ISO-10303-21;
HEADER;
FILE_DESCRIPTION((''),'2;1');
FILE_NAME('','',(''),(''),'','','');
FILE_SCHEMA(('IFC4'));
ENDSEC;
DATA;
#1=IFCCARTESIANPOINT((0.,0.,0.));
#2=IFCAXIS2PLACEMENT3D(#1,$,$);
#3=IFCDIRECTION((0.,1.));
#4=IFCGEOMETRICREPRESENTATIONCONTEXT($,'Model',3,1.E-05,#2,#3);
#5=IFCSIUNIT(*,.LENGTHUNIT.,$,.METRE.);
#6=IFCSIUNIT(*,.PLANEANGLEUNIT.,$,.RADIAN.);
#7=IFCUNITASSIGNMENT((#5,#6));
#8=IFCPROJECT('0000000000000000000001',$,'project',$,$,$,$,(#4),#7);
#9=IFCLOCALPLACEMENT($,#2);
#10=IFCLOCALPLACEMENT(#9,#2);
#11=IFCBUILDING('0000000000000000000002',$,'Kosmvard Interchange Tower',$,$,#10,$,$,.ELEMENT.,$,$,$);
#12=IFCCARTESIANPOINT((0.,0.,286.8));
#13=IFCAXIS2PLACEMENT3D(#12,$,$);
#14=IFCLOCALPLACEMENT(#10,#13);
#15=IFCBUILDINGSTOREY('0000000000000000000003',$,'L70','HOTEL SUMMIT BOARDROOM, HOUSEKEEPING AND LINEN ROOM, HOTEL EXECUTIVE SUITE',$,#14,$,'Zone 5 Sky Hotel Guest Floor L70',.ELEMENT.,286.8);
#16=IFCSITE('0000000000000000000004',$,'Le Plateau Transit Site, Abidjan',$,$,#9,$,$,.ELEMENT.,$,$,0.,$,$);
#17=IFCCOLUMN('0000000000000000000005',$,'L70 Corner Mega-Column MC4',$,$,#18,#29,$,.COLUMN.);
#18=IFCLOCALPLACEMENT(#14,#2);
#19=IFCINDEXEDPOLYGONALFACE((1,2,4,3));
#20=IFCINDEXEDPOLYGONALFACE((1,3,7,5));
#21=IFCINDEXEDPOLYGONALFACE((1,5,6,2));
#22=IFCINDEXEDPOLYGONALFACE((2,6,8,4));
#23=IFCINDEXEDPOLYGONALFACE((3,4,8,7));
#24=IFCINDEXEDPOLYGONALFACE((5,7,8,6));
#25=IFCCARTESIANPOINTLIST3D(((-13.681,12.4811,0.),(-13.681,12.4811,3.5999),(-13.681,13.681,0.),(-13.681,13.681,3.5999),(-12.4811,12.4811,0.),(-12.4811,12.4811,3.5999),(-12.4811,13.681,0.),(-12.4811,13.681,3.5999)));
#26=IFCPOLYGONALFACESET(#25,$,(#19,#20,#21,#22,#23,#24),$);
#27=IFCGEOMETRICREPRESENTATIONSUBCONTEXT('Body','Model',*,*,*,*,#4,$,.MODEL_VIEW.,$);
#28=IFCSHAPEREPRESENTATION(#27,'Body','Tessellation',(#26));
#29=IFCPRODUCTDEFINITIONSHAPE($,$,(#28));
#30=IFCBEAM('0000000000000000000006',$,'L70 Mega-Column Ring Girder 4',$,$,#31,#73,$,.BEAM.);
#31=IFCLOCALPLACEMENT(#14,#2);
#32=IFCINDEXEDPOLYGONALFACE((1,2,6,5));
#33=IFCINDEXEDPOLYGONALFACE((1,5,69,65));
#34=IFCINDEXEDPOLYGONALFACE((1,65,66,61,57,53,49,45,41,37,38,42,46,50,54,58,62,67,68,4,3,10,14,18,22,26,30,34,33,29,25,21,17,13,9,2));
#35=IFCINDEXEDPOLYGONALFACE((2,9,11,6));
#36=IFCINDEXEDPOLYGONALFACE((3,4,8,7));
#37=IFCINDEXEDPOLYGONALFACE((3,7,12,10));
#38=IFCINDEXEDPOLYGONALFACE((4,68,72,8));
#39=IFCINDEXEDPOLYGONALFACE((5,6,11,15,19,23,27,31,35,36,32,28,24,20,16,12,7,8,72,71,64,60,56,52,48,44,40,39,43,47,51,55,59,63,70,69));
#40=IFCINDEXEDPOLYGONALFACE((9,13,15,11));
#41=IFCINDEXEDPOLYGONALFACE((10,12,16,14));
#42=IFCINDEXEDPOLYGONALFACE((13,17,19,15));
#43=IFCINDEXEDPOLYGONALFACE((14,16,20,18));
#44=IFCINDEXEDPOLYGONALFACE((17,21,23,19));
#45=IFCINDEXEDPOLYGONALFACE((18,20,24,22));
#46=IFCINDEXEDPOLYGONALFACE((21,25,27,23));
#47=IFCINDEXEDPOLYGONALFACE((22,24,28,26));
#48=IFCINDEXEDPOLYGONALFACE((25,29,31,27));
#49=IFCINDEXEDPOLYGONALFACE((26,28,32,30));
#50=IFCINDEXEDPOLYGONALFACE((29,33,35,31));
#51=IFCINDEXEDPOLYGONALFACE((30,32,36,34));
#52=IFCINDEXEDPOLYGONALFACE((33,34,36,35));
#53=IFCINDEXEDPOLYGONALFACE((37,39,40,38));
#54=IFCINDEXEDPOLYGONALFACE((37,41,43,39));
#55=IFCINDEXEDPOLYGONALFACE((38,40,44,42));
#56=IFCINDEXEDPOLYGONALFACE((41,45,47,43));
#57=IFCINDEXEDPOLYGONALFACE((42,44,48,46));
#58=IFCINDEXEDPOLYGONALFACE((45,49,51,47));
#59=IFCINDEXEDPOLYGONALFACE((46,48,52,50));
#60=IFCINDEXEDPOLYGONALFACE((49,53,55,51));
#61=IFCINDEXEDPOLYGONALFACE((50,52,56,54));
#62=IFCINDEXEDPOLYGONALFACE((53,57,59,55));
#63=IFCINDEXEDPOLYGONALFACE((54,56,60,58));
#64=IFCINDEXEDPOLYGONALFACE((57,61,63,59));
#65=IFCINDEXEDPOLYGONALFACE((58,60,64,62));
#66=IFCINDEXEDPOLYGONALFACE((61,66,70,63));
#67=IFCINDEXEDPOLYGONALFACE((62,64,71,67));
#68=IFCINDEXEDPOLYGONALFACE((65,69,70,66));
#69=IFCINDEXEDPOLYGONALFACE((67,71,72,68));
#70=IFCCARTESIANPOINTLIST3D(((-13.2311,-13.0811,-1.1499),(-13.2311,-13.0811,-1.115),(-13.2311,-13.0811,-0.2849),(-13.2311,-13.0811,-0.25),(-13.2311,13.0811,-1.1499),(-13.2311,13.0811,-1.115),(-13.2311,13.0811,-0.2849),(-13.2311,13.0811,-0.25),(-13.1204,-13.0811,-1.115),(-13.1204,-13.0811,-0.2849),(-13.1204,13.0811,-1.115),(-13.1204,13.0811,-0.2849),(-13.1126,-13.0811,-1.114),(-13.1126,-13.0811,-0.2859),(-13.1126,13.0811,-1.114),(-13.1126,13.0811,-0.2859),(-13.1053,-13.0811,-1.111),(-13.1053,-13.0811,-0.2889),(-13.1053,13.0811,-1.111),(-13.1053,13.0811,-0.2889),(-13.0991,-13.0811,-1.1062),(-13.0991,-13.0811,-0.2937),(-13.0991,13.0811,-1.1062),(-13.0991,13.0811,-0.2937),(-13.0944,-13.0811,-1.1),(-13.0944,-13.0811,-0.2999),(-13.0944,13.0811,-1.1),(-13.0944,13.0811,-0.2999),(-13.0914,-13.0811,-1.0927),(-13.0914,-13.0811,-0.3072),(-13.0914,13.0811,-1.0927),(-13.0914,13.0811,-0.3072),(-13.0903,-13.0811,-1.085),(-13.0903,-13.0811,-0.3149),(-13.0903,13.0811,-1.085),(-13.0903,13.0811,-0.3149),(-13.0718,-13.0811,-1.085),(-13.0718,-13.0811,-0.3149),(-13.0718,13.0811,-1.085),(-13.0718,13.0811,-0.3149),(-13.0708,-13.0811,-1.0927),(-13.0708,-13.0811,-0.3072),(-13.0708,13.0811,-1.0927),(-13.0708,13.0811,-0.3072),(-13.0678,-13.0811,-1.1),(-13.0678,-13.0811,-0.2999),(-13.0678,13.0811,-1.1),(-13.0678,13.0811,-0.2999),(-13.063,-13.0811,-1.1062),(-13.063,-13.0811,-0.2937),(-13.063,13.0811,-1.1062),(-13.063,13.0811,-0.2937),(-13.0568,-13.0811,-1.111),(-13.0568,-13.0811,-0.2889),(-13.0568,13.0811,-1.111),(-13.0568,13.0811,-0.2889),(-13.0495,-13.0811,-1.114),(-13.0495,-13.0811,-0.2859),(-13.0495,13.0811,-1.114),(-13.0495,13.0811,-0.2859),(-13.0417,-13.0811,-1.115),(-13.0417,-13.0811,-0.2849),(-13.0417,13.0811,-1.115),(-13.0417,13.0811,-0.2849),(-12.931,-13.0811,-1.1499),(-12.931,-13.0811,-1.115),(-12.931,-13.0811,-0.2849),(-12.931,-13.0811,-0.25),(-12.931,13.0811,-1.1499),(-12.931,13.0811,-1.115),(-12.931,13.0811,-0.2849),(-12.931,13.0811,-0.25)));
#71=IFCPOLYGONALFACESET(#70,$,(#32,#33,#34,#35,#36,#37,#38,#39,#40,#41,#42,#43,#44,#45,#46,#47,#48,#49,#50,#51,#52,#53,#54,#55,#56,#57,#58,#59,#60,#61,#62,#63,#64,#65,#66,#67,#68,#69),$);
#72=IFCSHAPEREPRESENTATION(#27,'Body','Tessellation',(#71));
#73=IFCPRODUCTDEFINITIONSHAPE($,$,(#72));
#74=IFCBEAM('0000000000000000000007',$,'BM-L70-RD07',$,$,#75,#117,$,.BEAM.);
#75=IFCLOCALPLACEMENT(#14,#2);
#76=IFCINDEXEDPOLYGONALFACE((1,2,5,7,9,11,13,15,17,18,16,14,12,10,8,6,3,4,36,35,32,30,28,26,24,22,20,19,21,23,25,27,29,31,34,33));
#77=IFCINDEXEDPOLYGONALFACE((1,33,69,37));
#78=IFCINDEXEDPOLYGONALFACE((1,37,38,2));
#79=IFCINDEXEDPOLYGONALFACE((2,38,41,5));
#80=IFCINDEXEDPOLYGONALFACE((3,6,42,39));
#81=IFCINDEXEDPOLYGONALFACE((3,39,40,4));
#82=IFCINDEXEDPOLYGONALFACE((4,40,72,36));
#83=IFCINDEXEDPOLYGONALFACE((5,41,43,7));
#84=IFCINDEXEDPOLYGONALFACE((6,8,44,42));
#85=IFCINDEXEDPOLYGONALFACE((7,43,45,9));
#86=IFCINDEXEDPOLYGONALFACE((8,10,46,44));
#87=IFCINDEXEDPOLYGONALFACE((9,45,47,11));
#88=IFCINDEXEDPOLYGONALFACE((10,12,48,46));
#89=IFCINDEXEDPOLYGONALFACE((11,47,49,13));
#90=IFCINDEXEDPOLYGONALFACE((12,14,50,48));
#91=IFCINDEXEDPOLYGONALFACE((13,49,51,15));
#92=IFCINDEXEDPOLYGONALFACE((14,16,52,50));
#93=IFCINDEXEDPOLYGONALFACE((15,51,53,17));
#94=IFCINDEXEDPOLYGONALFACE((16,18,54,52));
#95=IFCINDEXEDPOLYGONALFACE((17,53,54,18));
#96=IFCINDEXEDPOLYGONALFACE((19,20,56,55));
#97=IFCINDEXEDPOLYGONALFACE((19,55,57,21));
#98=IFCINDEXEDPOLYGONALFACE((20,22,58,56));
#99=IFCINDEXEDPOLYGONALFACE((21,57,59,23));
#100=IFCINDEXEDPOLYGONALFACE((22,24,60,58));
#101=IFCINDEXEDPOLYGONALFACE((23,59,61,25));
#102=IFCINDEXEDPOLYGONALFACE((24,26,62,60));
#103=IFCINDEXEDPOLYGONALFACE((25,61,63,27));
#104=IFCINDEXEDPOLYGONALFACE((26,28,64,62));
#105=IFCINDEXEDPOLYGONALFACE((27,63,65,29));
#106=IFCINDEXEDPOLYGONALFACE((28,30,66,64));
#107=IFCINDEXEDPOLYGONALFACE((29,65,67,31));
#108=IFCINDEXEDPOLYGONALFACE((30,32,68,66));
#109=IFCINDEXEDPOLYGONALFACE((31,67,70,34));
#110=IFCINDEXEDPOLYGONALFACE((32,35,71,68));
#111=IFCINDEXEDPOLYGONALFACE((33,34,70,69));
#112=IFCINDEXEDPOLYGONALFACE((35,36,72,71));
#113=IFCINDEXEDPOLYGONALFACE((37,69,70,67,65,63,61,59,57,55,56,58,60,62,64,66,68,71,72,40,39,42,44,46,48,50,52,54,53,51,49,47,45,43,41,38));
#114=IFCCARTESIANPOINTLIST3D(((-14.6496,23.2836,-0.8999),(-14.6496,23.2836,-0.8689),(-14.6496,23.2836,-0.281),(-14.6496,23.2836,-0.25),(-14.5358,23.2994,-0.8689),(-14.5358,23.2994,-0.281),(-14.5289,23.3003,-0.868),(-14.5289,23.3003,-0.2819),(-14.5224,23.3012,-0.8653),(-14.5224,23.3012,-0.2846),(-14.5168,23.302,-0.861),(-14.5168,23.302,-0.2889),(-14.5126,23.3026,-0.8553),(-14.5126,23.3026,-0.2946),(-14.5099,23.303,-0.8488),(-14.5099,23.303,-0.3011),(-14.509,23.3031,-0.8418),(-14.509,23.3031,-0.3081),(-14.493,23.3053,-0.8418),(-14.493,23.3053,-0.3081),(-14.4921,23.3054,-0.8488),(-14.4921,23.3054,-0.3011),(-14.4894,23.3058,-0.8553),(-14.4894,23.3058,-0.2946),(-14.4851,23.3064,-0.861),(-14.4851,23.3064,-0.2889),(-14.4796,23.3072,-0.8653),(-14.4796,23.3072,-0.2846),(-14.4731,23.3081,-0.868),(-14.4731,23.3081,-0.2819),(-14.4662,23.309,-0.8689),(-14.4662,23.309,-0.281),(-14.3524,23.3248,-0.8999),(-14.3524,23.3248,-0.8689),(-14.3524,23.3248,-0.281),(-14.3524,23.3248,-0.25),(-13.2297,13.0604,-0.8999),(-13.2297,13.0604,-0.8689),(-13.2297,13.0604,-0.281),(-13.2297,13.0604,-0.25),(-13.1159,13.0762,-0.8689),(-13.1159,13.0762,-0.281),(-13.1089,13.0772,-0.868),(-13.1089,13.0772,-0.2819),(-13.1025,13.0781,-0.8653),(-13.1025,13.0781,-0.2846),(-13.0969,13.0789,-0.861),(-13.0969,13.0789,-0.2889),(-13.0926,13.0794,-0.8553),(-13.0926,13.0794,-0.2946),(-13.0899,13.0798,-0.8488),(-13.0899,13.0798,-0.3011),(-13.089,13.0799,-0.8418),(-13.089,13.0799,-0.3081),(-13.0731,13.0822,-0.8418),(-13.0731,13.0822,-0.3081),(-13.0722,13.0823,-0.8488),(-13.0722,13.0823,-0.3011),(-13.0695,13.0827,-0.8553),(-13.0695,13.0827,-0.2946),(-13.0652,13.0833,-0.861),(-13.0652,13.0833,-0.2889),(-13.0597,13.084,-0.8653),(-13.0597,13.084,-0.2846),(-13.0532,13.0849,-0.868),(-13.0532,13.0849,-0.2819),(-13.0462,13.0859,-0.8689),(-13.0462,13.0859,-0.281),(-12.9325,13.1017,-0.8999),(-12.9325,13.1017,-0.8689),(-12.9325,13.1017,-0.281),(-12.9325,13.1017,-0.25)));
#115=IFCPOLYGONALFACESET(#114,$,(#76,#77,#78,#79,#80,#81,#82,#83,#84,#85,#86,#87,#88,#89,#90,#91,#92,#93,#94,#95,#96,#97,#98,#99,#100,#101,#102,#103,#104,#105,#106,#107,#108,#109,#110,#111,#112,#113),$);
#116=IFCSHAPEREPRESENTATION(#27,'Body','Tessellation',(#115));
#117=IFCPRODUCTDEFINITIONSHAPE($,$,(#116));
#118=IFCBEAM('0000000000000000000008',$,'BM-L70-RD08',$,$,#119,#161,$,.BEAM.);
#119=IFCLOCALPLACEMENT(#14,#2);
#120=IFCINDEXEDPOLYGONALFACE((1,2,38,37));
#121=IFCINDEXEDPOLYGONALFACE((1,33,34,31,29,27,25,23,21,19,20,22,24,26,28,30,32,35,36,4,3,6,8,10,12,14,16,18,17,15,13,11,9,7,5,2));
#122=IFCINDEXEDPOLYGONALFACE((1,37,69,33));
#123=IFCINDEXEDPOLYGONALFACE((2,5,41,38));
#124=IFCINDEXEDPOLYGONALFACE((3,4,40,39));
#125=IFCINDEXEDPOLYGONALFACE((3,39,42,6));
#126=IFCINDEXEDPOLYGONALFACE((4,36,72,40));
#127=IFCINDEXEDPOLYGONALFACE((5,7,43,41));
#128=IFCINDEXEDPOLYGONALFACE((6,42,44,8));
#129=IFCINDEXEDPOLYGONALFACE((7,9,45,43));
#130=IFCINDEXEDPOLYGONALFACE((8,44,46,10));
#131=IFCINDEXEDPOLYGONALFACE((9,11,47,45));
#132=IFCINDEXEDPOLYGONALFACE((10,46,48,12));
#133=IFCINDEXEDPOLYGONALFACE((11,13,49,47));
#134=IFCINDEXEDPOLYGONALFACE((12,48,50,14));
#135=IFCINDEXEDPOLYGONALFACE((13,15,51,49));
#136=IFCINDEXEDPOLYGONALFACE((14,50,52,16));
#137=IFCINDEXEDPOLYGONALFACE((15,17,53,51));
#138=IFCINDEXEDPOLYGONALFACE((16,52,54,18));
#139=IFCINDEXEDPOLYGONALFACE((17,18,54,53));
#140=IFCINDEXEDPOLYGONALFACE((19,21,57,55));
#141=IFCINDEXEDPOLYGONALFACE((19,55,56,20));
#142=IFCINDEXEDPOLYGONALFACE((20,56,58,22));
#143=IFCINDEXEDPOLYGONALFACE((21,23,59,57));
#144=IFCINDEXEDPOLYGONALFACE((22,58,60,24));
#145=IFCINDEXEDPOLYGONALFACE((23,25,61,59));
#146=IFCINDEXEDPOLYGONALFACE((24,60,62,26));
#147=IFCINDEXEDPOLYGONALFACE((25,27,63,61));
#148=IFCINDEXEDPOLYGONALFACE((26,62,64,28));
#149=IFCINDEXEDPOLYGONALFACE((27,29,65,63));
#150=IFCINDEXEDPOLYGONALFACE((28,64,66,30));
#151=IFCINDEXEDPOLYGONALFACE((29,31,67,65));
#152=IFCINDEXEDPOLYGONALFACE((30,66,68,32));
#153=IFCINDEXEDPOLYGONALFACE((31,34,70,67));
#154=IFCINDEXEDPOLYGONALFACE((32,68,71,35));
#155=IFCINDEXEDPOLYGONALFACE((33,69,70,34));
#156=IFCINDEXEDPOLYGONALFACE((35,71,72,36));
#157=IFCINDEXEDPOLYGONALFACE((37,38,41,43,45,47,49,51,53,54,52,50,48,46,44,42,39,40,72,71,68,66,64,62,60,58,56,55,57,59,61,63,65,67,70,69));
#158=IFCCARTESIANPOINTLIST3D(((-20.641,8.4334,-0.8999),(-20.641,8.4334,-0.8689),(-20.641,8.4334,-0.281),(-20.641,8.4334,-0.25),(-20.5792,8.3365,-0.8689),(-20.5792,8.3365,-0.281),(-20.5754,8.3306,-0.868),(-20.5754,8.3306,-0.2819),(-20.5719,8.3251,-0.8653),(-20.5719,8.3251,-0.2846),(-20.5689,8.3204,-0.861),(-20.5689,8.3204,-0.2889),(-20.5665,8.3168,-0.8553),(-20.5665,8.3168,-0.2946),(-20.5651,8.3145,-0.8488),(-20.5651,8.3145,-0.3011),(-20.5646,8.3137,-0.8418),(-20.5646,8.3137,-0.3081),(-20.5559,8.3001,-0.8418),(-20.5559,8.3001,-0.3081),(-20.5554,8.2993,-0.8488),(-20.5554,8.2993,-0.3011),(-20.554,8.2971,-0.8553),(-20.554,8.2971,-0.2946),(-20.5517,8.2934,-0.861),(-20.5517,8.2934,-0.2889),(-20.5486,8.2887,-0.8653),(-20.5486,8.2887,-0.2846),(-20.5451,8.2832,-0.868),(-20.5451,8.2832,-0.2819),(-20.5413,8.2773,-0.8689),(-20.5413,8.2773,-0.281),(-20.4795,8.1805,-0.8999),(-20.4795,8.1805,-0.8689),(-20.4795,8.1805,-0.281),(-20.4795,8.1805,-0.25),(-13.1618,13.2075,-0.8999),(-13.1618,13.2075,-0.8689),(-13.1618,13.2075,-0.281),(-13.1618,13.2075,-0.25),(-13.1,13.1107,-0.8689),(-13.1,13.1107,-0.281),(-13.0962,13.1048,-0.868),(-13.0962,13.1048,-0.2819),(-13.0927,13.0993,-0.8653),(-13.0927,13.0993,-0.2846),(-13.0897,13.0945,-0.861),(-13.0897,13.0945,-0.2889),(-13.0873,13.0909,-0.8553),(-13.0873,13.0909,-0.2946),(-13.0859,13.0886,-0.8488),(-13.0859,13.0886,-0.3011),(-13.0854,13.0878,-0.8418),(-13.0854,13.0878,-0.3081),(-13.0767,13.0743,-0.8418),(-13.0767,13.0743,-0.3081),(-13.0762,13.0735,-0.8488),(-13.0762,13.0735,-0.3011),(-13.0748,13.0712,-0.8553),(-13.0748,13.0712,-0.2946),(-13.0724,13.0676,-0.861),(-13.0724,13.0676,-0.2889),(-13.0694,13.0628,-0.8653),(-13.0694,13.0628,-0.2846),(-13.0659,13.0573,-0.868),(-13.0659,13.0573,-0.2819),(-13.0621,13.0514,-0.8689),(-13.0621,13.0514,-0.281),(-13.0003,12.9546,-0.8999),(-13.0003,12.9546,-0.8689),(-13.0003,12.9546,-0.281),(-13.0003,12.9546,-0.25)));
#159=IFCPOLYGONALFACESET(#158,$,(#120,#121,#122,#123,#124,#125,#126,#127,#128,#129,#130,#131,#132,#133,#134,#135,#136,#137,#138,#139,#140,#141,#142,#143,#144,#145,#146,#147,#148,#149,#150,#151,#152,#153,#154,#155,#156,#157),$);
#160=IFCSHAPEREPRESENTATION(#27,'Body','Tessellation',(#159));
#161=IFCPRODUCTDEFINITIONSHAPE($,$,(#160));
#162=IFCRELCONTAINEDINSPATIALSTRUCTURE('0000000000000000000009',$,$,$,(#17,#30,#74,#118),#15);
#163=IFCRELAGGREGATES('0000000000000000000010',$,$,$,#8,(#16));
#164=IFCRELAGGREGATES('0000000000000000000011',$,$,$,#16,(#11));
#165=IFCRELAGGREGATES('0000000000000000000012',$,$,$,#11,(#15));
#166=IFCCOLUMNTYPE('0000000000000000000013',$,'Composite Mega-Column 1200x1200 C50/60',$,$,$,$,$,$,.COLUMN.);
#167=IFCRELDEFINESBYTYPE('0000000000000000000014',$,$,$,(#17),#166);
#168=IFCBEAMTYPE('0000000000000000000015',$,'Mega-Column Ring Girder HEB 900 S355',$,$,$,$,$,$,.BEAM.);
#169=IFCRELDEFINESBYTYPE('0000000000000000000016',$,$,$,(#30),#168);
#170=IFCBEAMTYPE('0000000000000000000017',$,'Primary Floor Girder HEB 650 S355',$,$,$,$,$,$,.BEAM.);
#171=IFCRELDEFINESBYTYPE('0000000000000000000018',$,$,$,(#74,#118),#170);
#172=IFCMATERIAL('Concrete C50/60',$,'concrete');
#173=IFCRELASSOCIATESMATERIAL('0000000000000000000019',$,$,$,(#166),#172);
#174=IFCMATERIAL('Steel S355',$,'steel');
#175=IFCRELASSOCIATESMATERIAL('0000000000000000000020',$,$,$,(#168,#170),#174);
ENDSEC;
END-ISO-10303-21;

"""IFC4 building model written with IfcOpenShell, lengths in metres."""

from ifc_helpers import new_model, si_unit, direction, frame, origin, origin_2d, place, context, subcontext, project, spatial, rectangle, i_section, extrude, source, transform, mapped, material, material_profile, profile_set, type_object, element, save


model = new_model("IFC4")

# Units and contexts
model_context = context("Model", 3, precision=1e-05, world=origin(), true_north=direction((0.0, 1.0)))
body_context = subcontext(model_context, "Body", "Model", "MODEL_VIEW")
ifc_project = project(units=[si_unit("LENGTHUNIT", "METRE"), si_unit("PLANEANGLEUNIT", "RADIAN")], contexts=[model_context])

# Site, building, storey
site_placement = place(None, origin())
site = spatial("IfcSite", under=ifc_project, at=site_placement, Name="Le Plateau Transit Site, Abidjan", CompositionType="ELEMENT", RefElevation=0.0)
building_placement = place(site_placement, origin())
building = spatial("IfcBuilding", under=site, at=building_placement, Name="Kosmvard Interchange Tower", CompositionType="ELEMENT")
storey_placement = place(building_placement, frame((0.0, 0.0, 286.8)))
storey = spatial("IfcBuildingStorey", under=building, at=storey_placement, Name="L70", Description="HOTEL SUMMIT BOARDROOM, HOUSEKEEPING AND LINEN ROOM, HOTEL EXECUTIVE SUITE", LongName="Zone 5 Sky Hotel Guest Floor L70", CompositionType="ELEMENT", Elevation=286.8)

# Column
ifc_material_1 = material(Name="Concrete C50/60", Category="concrete")
ifc_material_profile_1 = material_profile(ifc_material_1, rectangle(XDim=1.2, YDim=1.2, at=origin_2d()), Name="MC 1200x1200")
ifc_profile_set_1 = profile_set([ifc_material_profile_1], Name="Concrete C50/60")
column_type = type_object("IfcColumnType", Name="Composite Mega-Column 1200x1200 C50/60", PredefinedType="COLUMN", material=ifc_profile_set_1)
shared_shape_1 = source(origin(), body_context, "Body", "SweptSolid", [
    extrude(rectangle(XDim=1.2, YDim=1.2, at=origin_2d()), origin(), (0.0, 0.0, 1.0), 3.5999),
])
column_placement = place(storey_placement, frame((-13.0811, 13.0811, 0.0), z_axis=(0.0, 0.0, 1.0), x_axis=(1.0, 0.0, 0.0)))
element("IfcColumn", 1, at=column_placement, inside=storey, type_object=column_type, Name="L70 Corner Mega-Column MC4", PredefinedType="COLUMN", context=body_context, shape_type="MappedRepresentation", body=[
    mapped(shared_shape_1, transform((0.0, 0.0, 0.0), scale=1.0)),
])

# Beams
ifc_material_2 = material(Name="Steel S355", Category="steel")
ifc_material_profile_2 = material_profile(ifc_material_2, i_section(OverallWidth=0.3, OverallDepth=0.8999, WebThickness=0.0186, FlangeThickness=0.0349, FilletRadius=0.03, at=origin_2d()), Name="HEB 900")
ifc_profile_set_2 = profile_set([ifc_material_profile_2], Name="Steel S355")
beam_type_1 = type_object("IfcBeamType", Name="Mega-Column Ring Girder HEB 900 S355", PredefinedType="BEAM", material=ifc_profile_set_2)
shared_shape_2 = source(origin(), body_context, "Body", "SweptSolid", [
    extrude(i_section(OverallWidth=0.3, OverallDepth=0.8999, WebThickness=0.0186, FlangeThickness=0.0349, FilletRadius=0.03, at=origin_2d()), origin(), (0.0, 0.0, 1.0), 26.1621),
])
beam_1_placement = place(storey_placement, frame((-13.0811, 13.0811, -0.7), z_axis=(0.0, -1.0, 0.0), x_axis=(1.0, 0.0, 0.0)))
element("IfcBeam", 2, at=beam_1_placement, inside=storey, type_object=beam_type_1, Name="L70 Mega-Column Ring Girder 4", PredefinedType="BEAM", context=body_context, shape_type="MappedRepresentation", body=[
    mapped(shared_shape_2, transform((0.0, 0.0, 0.0), scale=1.0)),
])
ifc_material_profile_3 = material_profile(ifc_material_2, i_section(OverallWidth=0.3, OverallDepth=0.6499, WebThickness=0.0161, FlangeThickness=0.031, FilletRadius=0.0271, at=origin_2d()), Name="HEB 650")
ifc_profile_set_3 = profile_set([ifc_material_profile_3], Name="Steel S355")
beam_type_2 = type_object("IfcBeamType", Name="Primary Floor Girder HEB 650 S355", PredefinedType="BEAM", material=ifc_profile_set_3)
shared_shape_3 = source(origin(), body_context, "Body", "SweptSolid", [
    extrude(i_section(OverallWidth=0.3, OverallDepth=0.6499, WebThickness=0.0161, FlangeThickness=0.031, FilletRadius=0.0271, at=origin_2d()), origin(), (0.0, 0.0, 1.0), 10.3213),
])
beam_2_placement = place(storey_placement, frame((-13.0811, 13.0811, -0.575), z_axis=(-0.137572, 0.990492, 0.0), x_axis=(-0.990492, -0.137572, 0.0)))
element("IfcBeam", 3, at=beam_2_placement, inside=storey, type_object=beam_type_2, Name="BM-L70-RD07", PredefinedType="BEAM", context=body_context, shape_type="MappedRepresentation", body=[
    mapped(shared_shape_3, transform((0.0, 0.0, 0.0), scale=1.0)),
])
shared_shape_4 = source(origin(), body_context, "Body", "SweptSolid", [
    extrude(i_section(OverallWidth=0.3, OverallDepth=0.6499, WebThickness=0.0161, FlangeThickness=0.031, FilletRadius=0.0271, at=origin_2d()), origin(), (0.0, 0.0, 1.0), 8.873),
])
beam_3_placement = place(storey_placement, frame((-13.0811, 13.0811, -0.575), z_axis=(-0.842913, -0.53805, 0.0), x_axis=(0.53805, -0.842913, 0.0)))
element("IfcBeam", 4, at=beam_3_placement, inside=storey, type_object=beam_type_2, Name="BM-L70-RD08", PredefinedType="BEAM", context=body_context, shape_type="MappedRepresentation", body=[
    mapped(shared_shape_4, transform((0.0, 0.0, 0.0), scale=1.0)),
])

save(model, "model.ifc")
